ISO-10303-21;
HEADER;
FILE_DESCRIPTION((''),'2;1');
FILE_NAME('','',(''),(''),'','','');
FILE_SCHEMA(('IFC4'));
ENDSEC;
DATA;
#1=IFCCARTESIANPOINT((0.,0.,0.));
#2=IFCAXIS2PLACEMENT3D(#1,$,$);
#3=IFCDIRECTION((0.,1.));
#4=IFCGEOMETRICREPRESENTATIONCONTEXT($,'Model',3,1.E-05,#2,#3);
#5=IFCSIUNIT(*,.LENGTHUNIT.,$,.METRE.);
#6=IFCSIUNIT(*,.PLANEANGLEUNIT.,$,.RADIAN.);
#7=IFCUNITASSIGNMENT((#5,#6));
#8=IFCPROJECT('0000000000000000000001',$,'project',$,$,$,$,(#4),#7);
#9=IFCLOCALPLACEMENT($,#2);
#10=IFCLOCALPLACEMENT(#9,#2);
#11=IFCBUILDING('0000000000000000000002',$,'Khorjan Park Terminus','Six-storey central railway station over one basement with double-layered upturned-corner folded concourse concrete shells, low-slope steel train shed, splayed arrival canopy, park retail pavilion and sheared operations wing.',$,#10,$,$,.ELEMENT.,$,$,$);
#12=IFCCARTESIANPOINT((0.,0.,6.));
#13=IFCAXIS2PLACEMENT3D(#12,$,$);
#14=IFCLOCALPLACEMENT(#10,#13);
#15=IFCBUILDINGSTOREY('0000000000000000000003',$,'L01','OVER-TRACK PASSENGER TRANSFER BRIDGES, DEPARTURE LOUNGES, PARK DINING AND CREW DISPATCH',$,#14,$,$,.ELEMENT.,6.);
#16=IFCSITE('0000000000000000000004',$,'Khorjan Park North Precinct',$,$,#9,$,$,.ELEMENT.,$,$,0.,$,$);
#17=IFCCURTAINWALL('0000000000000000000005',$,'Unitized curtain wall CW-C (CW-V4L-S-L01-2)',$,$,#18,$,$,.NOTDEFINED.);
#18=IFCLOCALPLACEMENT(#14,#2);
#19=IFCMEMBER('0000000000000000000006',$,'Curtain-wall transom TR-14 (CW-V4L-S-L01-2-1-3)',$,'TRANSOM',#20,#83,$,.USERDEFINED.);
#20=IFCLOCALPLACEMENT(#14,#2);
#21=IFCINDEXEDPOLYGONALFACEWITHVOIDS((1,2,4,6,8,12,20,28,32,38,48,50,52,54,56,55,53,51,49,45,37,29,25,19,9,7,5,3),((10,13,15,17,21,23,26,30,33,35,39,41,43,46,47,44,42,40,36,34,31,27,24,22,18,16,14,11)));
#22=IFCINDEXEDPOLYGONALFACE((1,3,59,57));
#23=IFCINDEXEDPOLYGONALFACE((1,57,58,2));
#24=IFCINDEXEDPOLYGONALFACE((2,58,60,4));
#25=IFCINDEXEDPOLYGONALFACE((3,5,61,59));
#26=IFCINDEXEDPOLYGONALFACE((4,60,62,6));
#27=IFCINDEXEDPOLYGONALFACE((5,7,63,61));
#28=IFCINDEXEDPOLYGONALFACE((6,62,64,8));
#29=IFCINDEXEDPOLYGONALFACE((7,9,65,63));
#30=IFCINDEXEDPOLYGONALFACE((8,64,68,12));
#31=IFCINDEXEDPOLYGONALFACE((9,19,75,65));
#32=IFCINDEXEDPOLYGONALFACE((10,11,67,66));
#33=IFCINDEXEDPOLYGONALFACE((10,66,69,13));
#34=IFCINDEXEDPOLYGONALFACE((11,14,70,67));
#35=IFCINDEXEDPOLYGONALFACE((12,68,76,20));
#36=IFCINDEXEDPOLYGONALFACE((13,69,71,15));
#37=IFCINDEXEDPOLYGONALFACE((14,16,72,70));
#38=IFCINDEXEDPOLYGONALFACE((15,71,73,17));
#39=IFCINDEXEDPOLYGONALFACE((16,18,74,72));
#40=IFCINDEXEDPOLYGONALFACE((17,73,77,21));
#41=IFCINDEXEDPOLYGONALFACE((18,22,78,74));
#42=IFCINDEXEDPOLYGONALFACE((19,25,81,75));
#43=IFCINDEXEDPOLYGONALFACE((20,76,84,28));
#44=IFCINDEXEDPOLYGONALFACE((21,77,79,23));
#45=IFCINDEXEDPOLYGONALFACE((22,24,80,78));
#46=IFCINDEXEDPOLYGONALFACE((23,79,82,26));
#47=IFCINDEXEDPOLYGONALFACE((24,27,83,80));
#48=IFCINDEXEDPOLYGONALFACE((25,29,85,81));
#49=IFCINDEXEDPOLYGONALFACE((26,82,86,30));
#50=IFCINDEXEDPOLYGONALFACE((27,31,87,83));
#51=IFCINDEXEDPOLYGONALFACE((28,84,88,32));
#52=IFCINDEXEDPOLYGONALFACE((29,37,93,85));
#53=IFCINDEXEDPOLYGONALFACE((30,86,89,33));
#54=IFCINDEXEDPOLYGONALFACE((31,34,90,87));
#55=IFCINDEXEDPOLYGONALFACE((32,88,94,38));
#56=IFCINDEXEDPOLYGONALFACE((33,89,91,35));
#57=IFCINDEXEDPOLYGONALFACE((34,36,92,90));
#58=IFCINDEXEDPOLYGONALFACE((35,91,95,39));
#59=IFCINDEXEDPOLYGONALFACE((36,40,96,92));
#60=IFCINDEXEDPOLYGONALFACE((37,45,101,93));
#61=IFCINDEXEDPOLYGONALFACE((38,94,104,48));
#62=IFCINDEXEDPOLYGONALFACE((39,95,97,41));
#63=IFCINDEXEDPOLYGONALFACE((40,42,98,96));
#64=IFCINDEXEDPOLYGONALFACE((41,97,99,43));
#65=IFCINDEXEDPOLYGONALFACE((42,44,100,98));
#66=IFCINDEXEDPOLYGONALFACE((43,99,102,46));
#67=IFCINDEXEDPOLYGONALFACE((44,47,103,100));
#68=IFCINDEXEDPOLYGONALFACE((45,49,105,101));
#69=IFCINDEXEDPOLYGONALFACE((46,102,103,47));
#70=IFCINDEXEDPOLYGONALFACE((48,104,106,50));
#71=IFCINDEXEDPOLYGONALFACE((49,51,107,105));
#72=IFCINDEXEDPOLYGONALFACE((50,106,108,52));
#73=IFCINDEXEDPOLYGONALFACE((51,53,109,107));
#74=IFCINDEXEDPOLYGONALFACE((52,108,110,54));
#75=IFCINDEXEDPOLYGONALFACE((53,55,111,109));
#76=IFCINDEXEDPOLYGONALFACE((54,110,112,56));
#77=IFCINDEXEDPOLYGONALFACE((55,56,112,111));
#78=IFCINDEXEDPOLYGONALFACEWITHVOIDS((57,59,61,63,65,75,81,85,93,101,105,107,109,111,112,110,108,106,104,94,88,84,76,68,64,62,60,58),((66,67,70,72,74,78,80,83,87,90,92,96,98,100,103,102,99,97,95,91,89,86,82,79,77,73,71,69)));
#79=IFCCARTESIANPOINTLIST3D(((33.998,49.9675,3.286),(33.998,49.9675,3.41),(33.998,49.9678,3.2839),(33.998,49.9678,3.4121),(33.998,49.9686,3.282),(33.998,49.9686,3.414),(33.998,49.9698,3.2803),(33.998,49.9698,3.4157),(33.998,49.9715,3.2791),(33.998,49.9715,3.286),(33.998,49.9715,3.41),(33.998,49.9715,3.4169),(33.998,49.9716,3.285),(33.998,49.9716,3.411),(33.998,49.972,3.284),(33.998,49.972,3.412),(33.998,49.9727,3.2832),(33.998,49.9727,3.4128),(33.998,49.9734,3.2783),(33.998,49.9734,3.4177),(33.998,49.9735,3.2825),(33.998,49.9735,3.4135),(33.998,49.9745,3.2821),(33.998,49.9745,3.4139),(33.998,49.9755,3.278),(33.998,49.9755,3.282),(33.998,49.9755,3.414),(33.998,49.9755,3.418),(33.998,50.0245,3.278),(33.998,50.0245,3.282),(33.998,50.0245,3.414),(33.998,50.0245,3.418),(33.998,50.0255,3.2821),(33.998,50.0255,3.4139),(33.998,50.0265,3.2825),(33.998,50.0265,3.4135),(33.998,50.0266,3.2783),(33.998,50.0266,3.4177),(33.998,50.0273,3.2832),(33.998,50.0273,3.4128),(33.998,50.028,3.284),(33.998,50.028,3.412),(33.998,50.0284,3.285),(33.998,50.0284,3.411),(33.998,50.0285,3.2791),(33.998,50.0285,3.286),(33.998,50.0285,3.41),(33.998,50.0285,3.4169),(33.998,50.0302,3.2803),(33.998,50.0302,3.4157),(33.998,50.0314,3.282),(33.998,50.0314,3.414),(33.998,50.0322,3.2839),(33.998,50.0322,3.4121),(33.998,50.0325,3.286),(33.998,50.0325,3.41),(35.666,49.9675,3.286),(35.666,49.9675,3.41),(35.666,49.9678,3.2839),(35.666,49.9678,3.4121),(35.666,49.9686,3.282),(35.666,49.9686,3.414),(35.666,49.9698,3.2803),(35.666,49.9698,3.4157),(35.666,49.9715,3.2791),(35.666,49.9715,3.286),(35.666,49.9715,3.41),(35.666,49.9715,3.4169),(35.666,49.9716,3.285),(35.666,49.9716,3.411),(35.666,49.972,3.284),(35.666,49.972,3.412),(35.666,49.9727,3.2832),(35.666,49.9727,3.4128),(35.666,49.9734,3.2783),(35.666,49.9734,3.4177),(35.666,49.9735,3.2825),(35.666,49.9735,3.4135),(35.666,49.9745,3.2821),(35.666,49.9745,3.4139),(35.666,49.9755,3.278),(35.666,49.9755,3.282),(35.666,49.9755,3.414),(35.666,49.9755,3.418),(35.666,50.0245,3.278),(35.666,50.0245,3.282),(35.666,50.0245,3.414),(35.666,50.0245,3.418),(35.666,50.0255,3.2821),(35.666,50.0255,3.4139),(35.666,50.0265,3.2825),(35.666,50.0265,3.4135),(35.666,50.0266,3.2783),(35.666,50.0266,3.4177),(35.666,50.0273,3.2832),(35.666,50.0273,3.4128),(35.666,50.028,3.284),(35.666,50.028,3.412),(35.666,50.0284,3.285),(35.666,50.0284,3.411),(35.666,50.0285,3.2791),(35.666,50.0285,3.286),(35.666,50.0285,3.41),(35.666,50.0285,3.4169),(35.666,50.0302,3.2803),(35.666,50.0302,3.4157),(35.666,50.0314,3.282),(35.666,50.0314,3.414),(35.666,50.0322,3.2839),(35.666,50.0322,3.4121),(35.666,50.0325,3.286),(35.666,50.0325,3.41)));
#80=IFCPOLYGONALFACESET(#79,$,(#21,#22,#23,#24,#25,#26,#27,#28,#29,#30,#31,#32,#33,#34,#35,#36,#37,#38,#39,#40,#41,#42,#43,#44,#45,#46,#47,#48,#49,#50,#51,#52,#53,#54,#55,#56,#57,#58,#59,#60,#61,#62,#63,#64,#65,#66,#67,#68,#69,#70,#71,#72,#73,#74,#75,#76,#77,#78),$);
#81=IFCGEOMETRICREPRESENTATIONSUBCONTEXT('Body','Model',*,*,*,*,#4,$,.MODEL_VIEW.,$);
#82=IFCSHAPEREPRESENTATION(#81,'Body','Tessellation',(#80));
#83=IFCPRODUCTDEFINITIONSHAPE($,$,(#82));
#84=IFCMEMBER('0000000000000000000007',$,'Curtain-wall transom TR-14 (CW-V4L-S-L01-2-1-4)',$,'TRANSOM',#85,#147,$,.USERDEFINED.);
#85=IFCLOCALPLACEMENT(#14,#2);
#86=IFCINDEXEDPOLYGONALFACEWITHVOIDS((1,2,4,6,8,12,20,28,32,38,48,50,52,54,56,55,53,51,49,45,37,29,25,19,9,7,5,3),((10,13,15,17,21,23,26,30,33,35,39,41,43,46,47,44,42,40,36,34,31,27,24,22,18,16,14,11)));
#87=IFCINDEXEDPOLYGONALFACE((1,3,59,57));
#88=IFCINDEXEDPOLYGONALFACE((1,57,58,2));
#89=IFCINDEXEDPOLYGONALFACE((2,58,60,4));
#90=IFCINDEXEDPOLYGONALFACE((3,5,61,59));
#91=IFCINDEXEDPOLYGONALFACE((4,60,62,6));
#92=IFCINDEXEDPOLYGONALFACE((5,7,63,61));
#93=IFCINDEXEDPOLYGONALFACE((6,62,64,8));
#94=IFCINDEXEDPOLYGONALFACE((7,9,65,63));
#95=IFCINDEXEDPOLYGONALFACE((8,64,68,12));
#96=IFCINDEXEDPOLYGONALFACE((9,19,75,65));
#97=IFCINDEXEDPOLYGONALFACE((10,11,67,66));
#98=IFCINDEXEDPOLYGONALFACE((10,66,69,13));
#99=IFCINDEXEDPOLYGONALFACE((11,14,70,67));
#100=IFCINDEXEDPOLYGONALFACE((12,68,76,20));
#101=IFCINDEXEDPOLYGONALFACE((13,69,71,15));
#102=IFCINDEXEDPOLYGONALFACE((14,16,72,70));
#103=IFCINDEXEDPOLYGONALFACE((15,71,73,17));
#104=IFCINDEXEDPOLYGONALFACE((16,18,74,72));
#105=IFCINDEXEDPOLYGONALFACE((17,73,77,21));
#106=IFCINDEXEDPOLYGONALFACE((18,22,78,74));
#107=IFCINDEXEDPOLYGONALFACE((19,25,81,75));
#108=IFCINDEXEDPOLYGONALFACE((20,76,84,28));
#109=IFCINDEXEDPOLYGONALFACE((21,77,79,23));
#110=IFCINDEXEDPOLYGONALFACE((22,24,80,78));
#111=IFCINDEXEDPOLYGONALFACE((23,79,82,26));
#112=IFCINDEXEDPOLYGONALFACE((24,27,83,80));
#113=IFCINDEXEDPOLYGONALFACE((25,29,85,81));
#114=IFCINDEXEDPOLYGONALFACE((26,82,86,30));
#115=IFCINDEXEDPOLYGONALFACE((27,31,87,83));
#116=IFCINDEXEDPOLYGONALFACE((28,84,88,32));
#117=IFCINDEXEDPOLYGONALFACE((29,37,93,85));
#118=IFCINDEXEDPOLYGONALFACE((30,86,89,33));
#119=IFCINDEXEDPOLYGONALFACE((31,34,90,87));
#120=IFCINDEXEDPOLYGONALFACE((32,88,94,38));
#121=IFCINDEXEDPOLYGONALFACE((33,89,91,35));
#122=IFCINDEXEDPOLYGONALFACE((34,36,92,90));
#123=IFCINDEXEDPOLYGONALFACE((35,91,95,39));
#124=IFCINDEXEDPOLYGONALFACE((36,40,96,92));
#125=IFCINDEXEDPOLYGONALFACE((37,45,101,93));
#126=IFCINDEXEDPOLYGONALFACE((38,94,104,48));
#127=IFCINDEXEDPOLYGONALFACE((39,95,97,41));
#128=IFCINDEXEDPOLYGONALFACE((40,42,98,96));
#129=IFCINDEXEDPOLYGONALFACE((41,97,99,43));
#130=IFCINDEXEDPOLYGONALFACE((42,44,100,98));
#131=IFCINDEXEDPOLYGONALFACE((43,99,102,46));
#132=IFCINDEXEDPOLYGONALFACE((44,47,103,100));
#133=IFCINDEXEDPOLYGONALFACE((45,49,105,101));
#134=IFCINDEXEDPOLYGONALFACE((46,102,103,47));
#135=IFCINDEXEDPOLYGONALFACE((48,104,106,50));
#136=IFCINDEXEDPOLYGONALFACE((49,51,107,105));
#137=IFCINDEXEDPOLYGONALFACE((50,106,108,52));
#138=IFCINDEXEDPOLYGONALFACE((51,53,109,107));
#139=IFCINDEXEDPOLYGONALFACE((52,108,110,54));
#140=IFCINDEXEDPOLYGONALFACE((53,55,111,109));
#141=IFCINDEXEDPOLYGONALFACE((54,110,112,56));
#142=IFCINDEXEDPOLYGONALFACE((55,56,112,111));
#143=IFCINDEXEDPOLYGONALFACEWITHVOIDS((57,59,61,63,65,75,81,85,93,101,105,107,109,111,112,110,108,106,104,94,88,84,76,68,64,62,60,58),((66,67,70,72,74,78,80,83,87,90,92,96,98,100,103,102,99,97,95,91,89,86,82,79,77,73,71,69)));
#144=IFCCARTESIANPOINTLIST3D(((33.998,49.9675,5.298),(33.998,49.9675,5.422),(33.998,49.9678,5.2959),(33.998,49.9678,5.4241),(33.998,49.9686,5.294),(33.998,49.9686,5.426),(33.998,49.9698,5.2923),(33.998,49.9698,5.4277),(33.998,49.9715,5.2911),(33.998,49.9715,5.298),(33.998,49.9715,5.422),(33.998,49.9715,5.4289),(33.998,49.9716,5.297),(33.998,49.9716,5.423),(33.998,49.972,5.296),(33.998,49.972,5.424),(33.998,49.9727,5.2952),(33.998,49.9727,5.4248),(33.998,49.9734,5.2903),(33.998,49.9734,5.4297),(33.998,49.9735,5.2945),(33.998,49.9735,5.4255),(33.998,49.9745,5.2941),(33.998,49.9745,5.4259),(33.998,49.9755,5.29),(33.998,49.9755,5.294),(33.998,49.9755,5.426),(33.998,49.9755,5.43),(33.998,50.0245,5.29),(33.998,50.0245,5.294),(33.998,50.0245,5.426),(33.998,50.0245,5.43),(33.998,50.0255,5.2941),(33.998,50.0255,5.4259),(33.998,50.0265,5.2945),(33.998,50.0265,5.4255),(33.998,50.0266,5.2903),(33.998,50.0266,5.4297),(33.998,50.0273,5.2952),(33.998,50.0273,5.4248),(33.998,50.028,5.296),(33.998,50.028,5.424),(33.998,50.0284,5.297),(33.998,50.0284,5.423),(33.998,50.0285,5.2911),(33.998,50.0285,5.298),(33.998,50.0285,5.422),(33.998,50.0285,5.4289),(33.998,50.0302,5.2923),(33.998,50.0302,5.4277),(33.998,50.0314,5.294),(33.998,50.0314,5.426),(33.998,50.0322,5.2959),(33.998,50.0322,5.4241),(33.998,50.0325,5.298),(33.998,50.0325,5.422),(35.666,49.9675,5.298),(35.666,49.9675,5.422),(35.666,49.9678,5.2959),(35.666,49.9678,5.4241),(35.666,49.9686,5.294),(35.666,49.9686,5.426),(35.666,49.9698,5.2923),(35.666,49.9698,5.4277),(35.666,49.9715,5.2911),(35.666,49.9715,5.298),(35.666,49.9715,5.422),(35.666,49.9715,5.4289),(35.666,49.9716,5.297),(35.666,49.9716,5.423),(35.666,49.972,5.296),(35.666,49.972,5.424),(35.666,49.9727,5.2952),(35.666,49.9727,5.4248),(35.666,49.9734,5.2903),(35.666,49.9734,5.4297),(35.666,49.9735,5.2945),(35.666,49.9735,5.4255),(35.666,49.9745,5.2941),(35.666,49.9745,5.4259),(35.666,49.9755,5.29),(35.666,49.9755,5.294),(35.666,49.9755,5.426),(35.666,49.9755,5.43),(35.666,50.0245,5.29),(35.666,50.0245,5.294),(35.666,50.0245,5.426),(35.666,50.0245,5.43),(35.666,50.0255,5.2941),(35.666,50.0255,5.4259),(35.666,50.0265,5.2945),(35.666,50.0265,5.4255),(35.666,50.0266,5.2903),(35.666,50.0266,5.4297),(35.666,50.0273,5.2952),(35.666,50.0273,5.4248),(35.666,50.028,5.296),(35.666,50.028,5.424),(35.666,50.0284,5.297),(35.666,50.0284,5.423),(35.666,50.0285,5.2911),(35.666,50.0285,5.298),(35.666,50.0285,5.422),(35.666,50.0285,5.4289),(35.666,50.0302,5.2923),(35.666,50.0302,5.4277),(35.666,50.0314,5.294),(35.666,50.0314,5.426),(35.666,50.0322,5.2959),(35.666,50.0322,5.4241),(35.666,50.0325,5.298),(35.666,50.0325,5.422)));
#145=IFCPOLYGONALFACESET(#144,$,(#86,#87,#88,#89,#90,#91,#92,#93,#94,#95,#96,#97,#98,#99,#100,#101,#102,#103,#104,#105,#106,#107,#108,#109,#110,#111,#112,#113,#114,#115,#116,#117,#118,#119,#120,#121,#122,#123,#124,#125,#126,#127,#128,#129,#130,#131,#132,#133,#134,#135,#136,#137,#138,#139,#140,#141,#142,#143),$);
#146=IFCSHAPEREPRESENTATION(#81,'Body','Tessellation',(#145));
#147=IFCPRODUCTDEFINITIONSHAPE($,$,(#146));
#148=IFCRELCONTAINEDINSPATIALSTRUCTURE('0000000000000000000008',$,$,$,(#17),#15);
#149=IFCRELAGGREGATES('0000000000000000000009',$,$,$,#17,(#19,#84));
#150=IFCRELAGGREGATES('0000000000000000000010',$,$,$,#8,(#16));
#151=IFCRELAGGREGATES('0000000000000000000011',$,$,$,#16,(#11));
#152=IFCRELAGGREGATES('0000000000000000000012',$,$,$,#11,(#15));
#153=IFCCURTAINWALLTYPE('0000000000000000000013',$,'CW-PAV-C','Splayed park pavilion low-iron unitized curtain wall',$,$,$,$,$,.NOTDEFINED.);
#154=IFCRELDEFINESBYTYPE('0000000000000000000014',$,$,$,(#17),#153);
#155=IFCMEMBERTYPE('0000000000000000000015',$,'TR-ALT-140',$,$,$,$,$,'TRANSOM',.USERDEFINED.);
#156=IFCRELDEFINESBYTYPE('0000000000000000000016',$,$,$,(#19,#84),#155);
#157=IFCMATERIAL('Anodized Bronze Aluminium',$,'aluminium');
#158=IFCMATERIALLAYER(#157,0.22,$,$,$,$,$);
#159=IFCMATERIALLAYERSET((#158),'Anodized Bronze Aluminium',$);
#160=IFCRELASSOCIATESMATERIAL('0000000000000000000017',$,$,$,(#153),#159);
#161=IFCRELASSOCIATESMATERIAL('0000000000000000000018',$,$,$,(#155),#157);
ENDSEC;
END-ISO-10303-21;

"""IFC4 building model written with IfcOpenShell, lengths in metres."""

from ifc_helpers import new_model, si_unit, direction, frame, origin, origin_2d, place, context, subcontext, project, spatial, hollow_rectangle, extrude, material, layer, layer_set, material_profile, profile_set, type_object, element, aggregate, save


model = new_model("IFC4")

# Units and contexts
model_context = context("Model", 3, precision=1e-05, world=origin(), true_north=direction((0.0, 1.0)))
body_context = subcontext(model_context, "Body", "Model", "MODEL_VIEW")
ifc_project = project(units=[si_unit("LENGTHUNIT", "METRE"), si_unit("PLANEANGLEUNIT", "RADIAN")], contexts=[model_context])

# Site, building, storey
site_placement = place(None, origin())
site = spatial("IfcSite", under=ifc_project, at=site_placement, Name="Khorjan Park North Precinct", CompositionType="ELEMENT", RefElevation=0.0)
building_placement = place(site_placement, origin())
building = spatial("IfcBuilding", under=site, at=building_placement, Name="Khorjan Park Terminus", Description="Six-storey central railway station over one basement with double-layered upturned-corner folded concourse concrete shells, low-slope steel train shed, splayed arrival canopy, park retail pavilion and sheared operations wing.", CompositionType="ELEMENT")
storey_placement = place(building_placement, frame((0.0, 0.0, 6.0)))
storey = spatial("IfcBuildingStorey", under=building, at=storey_placement, Name="L01", Description="OVER-TRACK PASSENGER TRANSFER BRIDGES, DEPARTURE LOUNGES, PARK DINING AND CREW DISPATCH", CompositionType="ELEMENT", Elevation=6.0)

# Curtain wall, members
ifc_material_1 = material(Name="Anodized Bronze Aluminium", Category="aluminium")
ifc_layer_1 = layer(ifc_material_1, 0.22)
ifc_layer_set_1 = layer_set([ifc_layer_1], Name="Anodized Bronze Aluminium")
curtain_wall_type = type_object("IfcCurtainWallType", Name="CW-PAV-C", Description="Splayed park pavilion low-iron unitized curtain wall", PredefinedType="NOTDEFINED", material=ifc_layer_set_1)
curtain_wall_placement = place(storey_placement, origin())
curtain_wall = element("IfcCurtainWall", 1, at=curtain_wall_placement, inside=storey, type_object=curtain_wall_type, Name="Unitized curtain wall CW-C (CW-V4L-S-L01-2)", PredefinedType="NOTDEFINED")
ifc_material_profile_1 = material_profile(ifc_material_1, hollow_rectangle(XDim=0.065, YDim=0.14, WallThickness=0.004, InnerFilletRadius=0.004, OuterFilletRadius=0.008, at=origin_2d()), Name="ALT 65x140x4")
ifc_profile_set_1 = profile_set([ifc_material_profile_1], Name="Anodized Bronze Aluminium")
member_type_1 = type_object("IfcMemberType", Name="TR-ALT-140", ElementType="TRANSOM", PredefinedType="USERDEFINED", material=ifc_profile_set_1)
member_1_placement = place(storey_placement, frame((33.998, 50.0, 3.348), z_axis=(1.0, 0.0, 0.0), x_axis=(0.0, 1.0, 0.0)))
member_1 = element("IfcMember", 2, at=member_1_placement, type_object=member_type_1, Name="Curtain-wall transom TR-14 (CW-V4L-S-L01-2-1-3)", ObjectType="TRANSOM", PredefinedType="USERDEFINED", context=body_context, shape_type="SweptSolid", body=[
    extrude(hollow_rectangle(XDim=0.065, YDim=0.14, WallThickness=0.004, InnerFilletRadius=0.004, OuterFilletRadius=0.008, at=origin_2d()), origin(), (0.0, 0.0, 1.0), 1.668),
])
member_2_placement = place(storey_placement, frame((33.998, 50.0, 5.36), z_axis=(1.0, 0.0, 0.0), x_axis=(0.0, 1.0, 0.0)))
member_2 = element("IfcMember", 3, at=member_2_placement, type_object=member_type_1, Name="Curtain-wall transom TR-14 (CW-V4L-S-L01-2-1-4)", ObjectType="TRANSOM", PredefinedType="USERDEFINED", context=body_context, shape_type="SweptSolid", body=[
    extrude(hollow_rectangle(XDim=0.065, YDim=0.14, WallThickness=0.004, InnerFilletRadius=0.004, OuterFilletRadius=0.008, at=origin_2d()), origin(), (0.0, 0.0, 1.0), 1.668),
])
aggregate(curtain_wall, [member_1, member_2])

save(model, "model.ifc")
